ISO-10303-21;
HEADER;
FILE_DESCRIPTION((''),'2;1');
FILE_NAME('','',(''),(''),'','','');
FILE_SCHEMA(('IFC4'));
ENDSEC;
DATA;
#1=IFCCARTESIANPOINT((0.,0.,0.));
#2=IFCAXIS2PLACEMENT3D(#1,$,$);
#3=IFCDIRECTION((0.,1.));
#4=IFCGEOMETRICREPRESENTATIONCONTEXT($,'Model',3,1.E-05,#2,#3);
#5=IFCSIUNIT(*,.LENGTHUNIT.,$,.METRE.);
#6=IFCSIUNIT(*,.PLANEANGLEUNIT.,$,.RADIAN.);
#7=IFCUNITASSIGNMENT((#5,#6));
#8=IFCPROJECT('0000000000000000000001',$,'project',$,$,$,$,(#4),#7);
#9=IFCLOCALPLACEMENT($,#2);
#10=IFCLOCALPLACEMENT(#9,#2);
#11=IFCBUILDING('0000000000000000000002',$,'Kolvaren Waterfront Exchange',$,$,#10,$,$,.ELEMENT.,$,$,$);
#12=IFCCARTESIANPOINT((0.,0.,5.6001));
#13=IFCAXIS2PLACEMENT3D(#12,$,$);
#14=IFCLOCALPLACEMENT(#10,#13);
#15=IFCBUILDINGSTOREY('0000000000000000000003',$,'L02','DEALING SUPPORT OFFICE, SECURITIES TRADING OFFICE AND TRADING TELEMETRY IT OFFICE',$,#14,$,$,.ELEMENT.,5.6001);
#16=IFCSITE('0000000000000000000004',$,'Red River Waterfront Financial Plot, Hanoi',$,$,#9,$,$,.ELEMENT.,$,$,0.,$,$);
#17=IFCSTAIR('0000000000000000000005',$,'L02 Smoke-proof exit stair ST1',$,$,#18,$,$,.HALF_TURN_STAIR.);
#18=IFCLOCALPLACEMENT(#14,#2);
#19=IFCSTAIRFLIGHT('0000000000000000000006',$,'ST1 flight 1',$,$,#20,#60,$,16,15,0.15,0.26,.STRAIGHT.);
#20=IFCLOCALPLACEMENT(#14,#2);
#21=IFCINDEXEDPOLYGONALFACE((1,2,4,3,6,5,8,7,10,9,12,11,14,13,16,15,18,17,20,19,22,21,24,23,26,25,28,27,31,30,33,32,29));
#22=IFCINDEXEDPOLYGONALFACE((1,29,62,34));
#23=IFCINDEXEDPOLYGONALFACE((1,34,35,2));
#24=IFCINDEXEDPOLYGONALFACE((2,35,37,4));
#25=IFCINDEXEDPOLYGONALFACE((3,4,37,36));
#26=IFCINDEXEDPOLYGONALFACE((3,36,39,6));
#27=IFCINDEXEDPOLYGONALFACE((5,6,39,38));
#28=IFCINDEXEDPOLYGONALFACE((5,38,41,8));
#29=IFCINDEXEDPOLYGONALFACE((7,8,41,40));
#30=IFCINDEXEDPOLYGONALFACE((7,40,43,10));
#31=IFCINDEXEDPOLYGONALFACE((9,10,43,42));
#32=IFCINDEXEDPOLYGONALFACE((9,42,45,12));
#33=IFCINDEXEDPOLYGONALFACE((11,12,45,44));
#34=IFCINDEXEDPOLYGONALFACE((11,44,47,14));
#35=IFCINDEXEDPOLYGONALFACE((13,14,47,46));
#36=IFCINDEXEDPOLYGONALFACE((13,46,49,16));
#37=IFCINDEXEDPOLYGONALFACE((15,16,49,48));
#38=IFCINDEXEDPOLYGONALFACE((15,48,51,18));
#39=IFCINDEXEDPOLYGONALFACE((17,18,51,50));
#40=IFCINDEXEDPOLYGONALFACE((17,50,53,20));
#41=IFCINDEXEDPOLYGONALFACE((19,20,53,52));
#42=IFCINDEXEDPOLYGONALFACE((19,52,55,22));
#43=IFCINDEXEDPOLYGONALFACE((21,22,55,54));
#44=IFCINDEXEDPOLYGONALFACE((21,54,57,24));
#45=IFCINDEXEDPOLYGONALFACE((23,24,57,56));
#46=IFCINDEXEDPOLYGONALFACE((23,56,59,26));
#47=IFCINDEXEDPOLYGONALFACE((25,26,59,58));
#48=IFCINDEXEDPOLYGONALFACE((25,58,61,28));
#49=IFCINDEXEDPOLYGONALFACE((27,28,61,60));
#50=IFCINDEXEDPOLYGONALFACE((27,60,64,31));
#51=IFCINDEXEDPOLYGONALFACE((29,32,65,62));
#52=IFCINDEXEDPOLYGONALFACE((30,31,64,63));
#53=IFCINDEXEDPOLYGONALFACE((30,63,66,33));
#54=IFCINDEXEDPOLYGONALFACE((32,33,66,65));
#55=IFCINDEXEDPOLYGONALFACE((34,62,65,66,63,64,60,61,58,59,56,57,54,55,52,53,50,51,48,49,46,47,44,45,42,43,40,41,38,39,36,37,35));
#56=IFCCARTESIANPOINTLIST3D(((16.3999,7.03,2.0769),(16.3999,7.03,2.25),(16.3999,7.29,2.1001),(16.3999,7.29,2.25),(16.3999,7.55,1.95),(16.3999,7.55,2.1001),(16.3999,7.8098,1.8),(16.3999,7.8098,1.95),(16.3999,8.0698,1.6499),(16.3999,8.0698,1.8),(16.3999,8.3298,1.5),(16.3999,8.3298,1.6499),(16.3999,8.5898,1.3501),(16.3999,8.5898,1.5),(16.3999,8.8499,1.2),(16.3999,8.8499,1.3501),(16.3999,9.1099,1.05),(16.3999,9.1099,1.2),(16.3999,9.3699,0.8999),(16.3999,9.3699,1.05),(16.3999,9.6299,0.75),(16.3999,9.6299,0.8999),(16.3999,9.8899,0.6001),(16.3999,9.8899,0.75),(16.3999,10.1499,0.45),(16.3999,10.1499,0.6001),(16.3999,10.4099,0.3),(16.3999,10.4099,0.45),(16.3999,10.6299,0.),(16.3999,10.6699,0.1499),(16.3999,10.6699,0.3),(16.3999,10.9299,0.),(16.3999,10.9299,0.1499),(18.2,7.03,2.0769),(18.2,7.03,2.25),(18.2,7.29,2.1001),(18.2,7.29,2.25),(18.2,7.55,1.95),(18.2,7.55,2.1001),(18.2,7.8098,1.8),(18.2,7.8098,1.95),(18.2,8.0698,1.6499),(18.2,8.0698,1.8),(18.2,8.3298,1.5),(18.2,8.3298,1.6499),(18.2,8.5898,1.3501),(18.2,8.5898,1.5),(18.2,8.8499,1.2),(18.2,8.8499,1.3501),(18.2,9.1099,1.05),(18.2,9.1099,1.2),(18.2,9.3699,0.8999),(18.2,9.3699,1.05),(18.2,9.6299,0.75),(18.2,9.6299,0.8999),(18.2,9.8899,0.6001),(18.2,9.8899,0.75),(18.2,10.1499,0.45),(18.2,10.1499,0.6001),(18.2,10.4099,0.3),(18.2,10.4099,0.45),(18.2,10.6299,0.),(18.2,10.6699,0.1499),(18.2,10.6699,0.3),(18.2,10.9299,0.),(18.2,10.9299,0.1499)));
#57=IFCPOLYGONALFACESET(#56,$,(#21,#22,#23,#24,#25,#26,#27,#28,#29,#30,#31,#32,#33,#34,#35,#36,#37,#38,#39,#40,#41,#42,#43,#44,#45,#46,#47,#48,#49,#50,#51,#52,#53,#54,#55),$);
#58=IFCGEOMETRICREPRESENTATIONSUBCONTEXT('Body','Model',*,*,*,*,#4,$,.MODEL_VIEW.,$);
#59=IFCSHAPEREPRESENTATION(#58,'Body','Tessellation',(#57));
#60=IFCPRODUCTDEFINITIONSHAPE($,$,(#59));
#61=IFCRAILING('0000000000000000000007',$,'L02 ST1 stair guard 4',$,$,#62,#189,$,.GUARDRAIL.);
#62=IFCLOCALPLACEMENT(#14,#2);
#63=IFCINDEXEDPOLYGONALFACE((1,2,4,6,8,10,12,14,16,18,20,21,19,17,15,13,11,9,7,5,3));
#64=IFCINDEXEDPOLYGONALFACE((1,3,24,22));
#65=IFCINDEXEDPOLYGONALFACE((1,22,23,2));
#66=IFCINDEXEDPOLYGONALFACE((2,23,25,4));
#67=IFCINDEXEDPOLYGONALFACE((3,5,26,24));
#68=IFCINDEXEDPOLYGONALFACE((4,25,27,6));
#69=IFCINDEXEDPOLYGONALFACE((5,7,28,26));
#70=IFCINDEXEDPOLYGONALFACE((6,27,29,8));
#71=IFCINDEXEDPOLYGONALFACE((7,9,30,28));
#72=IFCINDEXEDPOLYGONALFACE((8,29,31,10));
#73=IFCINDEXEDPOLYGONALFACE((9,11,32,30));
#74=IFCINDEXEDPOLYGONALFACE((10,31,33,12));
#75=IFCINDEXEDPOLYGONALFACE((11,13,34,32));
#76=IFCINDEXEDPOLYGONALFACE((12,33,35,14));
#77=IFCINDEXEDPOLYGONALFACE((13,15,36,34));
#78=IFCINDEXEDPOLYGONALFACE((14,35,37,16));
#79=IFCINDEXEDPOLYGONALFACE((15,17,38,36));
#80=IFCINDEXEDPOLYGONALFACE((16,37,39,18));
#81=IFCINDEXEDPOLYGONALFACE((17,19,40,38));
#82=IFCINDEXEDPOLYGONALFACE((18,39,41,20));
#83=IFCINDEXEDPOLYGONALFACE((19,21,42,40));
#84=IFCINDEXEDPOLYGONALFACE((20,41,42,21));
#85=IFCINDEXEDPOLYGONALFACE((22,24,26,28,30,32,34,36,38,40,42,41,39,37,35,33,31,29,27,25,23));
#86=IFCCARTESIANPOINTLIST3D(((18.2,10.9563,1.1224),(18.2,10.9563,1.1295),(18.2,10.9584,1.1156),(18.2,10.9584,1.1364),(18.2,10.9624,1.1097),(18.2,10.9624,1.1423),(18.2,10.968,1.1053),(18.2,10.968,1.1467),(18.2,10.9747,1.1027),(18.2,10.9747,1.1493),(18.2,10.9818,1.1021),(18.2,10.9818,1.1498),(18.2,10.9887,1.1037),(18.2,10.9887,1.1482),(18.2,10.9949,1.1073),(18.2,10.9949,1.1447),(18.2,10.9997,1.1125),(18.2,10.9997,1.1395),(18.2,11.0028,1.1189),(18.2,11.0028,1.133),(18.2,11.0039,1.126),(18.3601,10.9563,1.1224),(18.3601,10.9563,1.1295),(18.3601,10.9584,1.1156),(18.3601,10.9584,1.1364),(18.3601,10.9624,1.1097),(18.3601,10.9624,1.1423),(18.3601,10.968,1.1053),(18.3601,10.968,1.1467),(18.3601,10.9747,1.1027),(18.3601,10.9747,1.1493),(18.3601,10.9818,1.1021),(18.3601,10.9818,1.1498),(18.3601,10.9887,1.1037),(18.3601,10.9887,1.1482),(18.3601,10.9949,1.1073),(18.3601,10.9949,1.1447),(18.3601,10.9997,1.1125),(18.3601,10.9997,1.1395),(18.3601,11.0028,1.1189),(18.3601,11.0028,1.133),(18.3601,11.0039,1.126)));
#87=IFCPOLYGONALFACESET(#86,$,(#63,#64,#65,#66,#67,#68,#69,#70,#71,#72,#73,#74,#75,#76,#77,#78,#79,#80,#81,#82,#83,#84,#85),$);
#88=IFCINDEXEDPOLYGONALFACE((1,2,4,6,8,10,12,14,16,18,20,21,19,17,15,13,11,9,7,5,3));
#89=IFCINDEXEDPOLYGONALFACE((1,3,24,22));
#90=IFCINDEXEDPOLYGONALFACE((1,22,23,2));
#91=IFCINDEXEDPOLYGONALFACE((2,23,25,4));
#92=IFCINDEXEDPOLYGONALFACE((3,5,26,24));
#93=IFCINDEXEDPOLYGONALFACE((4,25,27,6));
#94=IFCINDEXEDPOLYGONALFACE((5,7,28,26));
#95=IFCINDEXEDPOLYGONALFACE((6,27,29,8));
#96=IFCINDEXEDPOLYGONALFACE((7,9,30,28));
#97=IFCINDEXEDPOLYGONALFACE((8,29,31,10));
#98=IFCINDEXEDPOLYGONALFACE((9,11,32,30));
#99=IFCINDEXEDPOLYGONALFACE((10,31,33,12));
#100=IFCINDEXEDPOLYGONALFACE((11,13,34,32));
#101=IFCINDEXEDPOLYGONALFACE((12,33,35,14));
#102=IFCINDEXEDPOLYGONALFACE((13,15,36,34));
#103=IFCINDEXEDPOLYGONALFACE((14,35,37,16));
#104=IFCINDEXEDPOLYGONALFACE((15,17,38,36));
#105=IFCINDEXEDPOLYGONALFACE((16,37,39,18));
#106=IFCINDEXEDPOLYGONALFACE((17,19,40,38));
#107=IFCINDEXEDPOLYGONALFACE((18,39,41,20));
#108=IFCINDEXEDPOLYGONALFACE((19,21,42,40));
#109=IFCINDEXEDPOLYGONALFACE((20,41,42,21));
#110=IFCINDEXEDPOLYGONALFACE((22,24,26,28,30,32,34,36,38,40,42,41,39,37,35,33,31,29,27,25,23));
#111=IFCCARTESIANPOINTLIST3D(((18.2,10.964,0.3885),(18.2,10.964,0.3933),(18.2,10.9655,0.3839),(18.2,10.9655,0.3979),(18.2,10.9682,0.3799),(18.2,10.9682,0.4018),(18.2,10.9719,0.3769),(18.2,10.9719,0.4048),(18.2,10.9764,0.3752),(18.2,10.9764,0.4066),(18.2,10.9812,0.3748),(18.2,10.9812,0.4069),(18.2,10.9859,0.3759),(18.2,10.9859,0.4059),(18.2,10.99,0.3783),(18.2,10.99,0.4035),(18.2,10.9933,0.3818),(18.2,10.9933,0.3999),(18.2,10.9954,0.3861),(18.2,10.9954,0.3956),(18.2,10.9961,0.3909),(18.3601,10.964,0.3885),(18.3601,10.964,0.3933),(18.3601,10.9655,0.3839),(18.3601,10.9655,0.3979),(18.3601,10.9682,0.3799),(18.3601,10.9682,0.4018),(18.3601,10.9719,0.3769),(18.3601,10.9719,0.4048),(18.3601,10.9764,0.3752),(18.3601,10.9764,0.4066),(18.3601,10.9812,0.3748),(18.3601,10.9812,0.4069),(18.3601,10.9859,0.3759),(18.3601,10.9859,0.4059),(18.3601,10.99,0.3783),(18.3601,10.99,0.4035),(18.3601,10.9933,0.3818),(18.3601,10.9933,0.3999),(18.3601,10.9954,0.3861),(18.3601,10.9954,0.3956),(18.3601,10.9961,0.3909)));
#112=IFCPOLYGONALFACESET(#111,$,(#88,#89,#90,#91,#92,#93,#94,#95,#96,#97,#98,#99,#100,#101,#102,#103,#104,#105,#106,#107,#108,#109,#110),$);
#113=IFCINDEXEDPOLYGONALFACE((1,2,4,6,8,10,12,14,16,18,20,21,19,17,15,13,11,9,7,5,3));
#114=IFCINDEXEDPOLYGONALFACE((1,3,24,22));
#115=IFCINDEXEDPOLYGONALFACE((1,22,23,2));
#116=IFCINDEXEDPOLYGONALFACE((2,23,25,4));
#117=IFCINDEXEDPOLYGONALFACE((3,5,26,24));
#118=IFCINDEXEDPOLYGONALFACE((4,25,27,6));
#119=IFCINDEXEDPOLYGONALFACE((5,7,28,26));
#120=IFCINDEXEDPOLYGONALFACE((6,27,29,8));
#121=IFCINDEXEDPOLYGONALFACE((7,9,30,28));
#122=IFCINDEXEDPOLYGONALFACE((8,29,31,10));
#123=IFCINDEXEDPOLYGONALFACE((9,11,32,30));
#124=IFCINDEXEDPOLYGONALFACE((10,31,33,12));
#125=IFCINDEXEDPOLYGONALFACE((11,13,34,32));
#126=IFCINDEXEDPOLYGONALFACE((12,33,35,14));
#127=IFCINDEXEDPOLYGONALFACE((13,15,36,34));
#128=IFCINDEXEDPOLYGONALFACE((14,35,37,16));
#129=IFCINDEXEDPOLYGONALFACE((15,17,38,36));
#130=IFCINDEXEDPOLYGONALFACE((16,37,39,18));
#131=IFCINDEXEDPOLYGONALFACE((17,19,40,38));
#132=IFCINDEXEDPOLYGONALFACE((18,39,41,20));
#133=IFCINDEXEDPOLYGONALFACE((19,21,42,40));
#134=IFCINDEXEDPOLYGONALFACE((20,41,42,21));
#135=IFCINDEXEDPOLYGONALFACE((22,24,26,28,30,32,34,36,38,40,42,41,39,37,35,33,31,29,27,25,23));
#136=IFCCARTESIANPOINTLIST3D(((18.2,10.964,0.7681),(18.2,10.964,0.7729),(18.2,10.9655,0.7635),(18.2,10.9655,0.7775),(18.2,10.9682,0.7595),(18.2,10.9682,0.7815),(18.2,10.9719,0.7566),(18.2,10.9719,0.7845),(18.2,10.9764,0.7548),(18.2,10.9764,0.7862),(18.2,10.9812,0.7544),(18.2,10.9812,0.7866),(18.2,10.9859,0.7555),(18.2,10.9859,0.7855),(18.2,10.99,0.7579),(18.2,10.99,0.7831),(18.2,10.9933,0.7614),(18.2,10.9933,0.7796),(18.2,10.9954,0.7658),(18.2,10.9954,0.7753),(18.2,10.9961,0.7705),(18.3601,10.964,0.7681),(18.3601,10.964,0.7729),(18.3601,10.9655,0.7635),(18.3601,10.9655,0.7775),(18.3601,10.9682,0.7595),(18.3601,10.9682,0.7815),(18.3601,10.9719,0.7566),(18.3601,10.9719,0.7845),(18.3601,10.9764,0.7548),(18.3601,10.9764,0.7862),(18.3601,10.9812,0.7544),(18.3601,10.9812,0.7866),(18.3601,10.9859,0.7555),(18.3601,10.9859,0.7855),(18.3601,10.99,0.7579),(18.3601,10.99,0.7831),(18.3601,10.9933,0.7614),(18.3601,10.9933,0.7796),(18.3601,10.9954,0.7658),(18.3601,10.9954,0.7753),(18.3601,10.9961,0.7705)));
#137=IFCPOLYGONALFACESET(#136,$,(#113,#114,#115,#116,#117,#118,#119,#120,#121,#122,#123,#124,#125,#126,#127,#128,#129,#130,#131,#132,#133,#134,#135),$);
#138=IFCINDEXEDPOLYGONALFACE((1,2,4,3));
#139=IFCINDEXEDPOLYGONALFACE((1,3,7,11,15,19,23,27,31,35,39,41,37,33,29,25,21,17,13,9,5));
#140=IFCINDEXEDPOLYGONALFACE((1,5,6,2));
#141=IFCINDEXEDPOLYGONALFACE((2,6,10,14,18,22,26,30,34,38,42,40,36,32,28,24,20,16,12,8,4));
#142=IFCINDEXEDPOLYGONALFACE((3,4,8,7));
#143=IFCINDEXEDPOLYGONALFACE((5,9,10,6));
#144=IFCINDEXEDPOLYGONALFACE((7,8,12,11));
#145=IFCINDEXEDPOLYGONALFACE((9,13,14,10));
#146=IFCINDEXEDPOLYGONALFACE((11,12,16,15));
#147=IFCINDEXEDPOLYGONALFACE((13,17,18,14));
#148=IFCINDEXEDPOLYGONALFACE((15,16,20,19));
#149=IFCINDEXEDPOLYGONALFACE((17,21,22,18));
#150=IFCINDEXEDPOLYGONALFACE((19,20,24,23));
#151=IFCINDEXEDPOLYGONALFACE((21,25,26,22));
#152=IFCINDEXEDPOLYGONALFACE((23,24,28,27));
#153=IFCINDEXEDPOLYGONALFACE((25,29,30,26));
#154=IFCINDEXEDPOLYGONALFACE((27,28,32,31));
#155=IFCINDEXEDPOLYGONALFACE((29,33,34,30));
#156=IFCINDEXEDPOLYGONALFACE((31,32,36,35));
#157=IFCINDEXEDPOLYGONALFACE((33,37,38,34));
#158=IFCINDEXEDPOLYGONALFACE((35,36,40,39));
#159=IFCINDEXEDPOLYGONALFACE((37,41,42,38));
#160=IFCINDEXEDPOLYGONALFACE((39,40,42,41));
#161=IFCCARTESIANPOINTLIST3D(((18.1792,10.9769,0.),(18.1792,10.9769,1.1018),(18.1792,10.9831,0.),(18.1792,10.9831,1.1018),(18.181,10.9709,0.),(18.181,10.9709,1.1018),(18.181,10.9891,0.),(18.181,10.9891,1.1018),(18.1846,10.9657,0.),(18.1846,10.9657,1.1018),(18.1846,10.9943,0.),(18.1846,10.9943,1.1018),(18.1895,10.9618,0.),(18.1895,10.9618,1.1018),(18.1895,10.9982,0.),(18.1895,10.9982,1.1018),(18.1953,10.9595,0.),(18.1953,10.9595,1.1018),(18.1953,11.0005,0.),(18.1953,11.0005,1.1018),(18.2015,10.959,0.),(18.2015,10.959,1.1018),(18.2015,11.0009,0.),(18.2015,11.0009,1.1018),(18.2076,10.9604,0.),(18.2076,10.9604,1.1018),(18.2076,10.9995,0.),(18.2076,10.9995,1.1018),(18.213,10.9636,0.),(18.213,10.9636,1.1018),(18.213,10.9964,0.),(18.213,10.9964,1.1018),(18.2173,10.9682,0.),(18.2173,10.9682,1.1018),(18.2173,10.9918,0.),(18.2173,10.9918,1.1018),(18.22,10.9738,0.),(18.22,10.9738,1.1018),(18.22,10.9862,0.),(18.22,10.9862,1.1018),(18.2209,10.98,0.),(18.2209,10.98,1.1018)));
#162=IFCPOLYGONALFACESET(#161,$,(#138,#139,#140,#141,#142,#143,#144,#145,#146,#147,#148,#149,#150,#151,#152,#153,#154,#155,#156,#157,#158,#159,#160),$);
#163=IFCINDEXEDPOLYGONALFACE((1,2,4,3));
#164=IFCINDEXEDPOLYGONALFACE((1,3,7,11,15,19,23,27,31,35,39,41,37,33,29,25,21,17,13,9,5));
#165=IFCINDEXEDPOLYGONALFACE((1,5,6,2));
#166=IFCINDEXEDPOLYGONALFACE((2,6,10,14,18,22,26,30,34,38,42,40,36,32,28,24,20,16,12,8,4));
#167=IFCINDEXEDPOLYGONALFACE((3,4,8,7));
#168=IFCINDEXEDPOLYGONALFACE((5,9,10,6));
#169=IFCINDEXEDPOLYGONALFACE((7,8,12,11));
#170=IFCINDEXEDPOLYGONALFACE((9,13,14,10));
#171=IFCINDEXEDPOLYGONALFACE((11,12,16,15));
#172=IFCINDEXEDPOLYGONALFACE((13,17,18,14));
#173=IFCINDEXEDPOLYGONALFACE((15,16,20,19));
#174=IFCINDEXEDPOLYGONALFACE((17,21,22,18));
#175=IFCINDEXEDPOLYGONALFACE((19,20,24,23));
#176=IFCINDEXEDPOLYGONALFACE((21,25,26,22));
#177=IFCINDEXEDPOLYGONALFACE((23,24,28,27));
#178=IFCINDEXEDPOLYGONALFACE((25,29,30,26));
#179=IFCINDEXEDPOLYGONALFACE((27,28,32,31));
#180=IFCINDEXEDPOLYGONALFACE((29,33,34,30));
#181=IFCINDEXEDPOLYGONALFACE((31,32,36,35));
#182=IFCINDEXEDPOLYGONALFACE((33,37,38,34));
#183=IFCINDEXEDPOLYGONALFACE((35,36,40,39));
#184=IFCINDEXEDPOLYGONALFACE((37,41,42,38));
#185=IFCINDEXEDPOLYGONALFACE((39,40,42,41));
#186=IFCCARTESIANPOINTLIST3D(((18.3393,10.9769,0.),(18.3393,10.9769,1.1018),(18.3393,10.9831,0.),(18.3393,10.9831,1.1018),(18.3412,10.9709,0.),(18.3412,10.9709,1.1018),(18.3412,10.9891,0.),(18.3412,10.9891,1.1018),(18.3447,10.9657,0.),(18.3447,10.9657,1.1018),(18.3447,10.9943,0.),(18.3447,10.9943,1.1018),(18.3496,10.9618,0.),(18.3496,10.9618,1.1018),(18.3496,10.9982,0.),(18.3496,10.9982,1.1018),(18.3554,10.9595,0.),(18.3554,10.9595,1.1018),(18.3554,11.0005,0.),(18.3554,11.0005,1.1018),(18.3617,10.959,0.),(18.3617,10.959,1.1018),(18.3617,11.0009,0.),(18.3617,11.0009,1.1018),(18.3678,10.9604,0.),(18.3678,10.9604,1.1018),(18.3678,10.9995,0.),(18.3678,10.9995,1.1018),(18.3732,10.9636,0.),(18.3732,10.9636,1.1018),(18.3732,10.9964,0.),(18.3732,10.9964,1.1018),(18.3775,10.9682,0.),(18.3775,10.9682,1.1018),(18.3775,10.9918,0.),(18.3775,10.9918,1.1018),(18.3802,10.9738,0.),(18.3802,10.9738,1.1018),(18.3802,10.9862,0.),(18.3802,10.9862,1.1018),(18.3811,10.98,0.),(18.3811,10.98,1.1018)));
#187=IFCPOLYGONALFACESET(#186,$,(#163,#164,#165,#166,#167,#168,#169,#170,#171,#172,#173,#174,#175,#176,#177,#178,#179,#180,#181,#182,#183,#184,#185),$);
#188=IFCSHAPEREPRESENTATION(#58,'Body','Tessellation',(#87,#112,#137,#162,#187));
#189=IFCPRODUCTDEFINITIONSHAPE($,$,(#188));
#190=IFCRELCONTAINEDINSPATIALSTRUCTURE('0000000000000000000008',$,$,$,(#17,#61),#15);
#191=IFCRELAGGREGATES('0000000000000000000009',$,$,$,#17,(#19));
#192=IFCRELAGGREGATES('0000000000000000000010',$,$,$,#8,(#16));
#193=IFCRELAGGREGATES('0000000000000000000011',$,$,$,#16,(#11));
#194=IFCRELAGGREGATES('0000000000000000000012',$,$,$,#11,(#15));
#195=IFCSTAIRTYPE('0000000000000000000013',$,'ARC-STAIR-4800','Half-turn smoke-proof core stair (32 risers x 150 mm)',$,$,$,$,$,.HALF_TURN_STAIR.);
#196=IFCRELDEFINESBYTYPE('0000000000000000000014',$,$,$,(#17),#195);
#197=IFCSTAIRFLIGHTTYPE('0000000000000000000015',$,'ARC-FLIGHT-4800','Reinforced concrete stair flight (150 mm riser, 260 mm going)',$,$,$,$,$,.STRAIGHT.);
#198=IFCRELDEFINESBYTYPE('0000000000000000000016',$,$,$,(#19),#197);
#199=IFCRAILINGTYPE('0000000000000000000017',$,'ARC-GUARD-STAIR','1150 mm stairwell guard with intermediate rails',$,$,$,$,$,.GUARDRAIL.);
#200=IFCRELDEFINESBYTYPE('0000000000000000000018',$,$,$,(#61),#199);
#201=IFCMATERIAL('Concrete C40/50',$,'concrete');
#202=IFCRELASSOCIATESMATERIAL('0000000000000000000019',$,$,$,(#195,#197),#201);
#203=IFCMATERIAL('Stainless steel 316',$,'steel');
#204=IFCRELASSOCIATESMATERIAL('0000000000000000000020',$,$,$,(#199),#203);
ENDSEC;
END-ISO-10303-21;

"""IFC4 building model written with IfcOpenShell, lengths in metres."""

from ifc_helpers import new_model, si_unit, direction, frame, origin, origin_2d, place, context, subcontext, project, spatial, polyline, circle, outline, extrude, material, type_object, element, aggregate, save


model = new_model("IFC4")

# Units and contexts
model_context = context("Model", 3, precision=1e-05, world=origin(), true_north=direction((0.0, 1.0)))
body_context = subcontext(model_context, "Body", "Model", "MODEL_VIEW")
ifc_project = project(units=[si_unit("LENGTHUNIT", "METRE"), si_unit("PLANEANGLEUNIT", "RADIAN")], contexts=[model_context])

# Site, building, storey
site_placement = place(None, origin())
site = spatial("IfcSite", under=ifc_project, at=site_placement, Name="Red River Waterfront Financial Plot, Hanoi", CompositionType="ELEMENT", RefElevation=0.0)
building_placement = place(site_placement, origin())
building = spatial("IfcBuilding", under=site, at=building_placement, Name="Kolvaren Waterfront Exchange", CompositionType="ELEMENT")
storey_placement = place(building_placement, frame((0.0, 0.0, 5.6001)))
storey = spatial("IfcBuildingStorey", under=building, at=storey_placement, Name="L02", Description="DEALING SUPPORT OFFICE, SECURITIES TRADING OFFICE AND TRADING TELEMETRY IT OFFICE", CompositionType="ELEMENT", Elevation=5.6001)

# Shared definitions
ifc_material_1 = material(Name="Concrete C40/50", Category="concrete")

# Stair, stair flight
stair_type = type_object("IfcStairType", Name="ARC-STAIR-4800", Description="Half-turn smoke-proof core stair (32 risers x 150 mm)", PredefinedType="HALF_TURN_STAIR", material=ifc_material_1)
stair_placement = place(storey_placement, origin())
stair = element("IfcStair", 1, at=stair_placement, inside=storey, type_object=stair_type, Name="L02 Smoke-proof exit stair ST1", PredefinedType="HALF_TURN_STAIR")
stair_flight_type = type_object("IfcStairFlightType", Name="ARC-FLIGHT-4800", Description="Reinforced concrete stair flight (150 mm riser, 260 mm going)", PredefinedType="STRAIGHT", material=ifc_material_1)
stair_flight_placement = place(storey_placement, frame((17.3, 10.9299, 0.0), z_axis=(0.0, 0.0, 1.0), x_axis=(0.0, -1.0, 0.0)))
stair_flight = element("IfcStairFlight", 2, at=stair_flight_placement, type_object=stair_flight_type, Name="ST1 flight 1", NumberOfRisers=16, NumberOfTreads=15, PredefinedType="STRAIGHT", RiserHeight=0.15, TreadLength=0.26, context=body_context, shape_type="SweptSolid", body=[
    extrude(outline(polyline([(0.0, 0.0), (0.0, 0.1499), (0.26, 0.1499), (0.26, 0.3), (0.52, 0.3), (0.52, 0.45), (0.78, 0.45), (0.78, 0.6001), (1.04, 0.6001), (1.04, 0.75), (1.3, 0.75), (1.3, 0.8999), (1.5601, 0.8999), (1.5601, 1.05), (1.8201, 1.05), (1.8201, 1.2), (2.0801, 1.2), (2.0801, 1.3501), (2.3401, 1.3501), (2.3401, 1.5), (2.6001, 1.5), (2.6001, 1.6499), (2.8601, 1.6499), (2.8601, 1.8), (3.1201, 1.8), (3.1201, 1.95), (3.3799, 1.95), (3.3799, 2.1001), (3.6399, 2.1001), (3.6399, 2.25), (3.8999, 2.25), (3.8999, 2.3999), (3.8999, 2.0769), (0.3, 0.0), (0.0, 0.0)])), frame((0.0, 0.8999, 0.0), z_axis=(0.0, -1.0, 0.0), x_axis=(1.0, 0.0, 0.0)), (0.0, 0.0, 1.0), 1.8),
])
aggregate(stair, [stair_flight])

# Railing
ifc_material_2 = material(Name="Stainless steel 316", Category="steel")
railing_type_1 = type_object("IfcRailingType", Name="ARC-GUARD-STAIR", Description="1150 mm stairwell guard with intermediate rails", PredefinedType="GUARDRAIL", material=ifc_material_2)
railing_1_placement = place(storey_placement, frame((18.2, 10.98, 0.0)))
element("IfcRailing", 3, at=railing_1_placement, inside=storey, type_object=railing_type_1, Name="L02 ST1 stair guard 4", PredefinedType="GUARDRAIL", context=body_context, shape_type="SweptSolid", body=[
    extrude(circle(Radius=0.0239, at=origin_2d()), frame((0.0, 0.0, 1.126), z_axis=(1.0, 0.0, 0.0), x_axis=(0.0, 1.0, 0.0)), (0.0, 0.0, 1.0), 0.1602),
    extrude(circle(Radius=0.0161, at=origin_2d()), frame((0.0, 0.0, 0.3909), z_axis=(1.0, 0.0, 0.0), x_axis=(0.0, 1.0, 0.0)), (0.0, 0.0, 1.0), 0.1602),
    extrude(circle(Radius=0.0161, at=origin_2d()), frame((0.0, 0.0, 0.7705), z_axis=(1.0, 0.0, 0.0), x_axis=(0.0, 1.0, 0.0)), (0.0, 0.0, 1.0), 0.1602),
    extrude(circle(Radius=0.021, at=origin_2d()), origin(), (0.0, 0.0, 1.0), 1.1018),
    extrude(circle(Radius=0.021, at=origin_2d()), frame((0.1602, 0.0, 0.0)), (0.0, 0.0, 1.0), 1.1018),
])

save(model, "model.ifc")
